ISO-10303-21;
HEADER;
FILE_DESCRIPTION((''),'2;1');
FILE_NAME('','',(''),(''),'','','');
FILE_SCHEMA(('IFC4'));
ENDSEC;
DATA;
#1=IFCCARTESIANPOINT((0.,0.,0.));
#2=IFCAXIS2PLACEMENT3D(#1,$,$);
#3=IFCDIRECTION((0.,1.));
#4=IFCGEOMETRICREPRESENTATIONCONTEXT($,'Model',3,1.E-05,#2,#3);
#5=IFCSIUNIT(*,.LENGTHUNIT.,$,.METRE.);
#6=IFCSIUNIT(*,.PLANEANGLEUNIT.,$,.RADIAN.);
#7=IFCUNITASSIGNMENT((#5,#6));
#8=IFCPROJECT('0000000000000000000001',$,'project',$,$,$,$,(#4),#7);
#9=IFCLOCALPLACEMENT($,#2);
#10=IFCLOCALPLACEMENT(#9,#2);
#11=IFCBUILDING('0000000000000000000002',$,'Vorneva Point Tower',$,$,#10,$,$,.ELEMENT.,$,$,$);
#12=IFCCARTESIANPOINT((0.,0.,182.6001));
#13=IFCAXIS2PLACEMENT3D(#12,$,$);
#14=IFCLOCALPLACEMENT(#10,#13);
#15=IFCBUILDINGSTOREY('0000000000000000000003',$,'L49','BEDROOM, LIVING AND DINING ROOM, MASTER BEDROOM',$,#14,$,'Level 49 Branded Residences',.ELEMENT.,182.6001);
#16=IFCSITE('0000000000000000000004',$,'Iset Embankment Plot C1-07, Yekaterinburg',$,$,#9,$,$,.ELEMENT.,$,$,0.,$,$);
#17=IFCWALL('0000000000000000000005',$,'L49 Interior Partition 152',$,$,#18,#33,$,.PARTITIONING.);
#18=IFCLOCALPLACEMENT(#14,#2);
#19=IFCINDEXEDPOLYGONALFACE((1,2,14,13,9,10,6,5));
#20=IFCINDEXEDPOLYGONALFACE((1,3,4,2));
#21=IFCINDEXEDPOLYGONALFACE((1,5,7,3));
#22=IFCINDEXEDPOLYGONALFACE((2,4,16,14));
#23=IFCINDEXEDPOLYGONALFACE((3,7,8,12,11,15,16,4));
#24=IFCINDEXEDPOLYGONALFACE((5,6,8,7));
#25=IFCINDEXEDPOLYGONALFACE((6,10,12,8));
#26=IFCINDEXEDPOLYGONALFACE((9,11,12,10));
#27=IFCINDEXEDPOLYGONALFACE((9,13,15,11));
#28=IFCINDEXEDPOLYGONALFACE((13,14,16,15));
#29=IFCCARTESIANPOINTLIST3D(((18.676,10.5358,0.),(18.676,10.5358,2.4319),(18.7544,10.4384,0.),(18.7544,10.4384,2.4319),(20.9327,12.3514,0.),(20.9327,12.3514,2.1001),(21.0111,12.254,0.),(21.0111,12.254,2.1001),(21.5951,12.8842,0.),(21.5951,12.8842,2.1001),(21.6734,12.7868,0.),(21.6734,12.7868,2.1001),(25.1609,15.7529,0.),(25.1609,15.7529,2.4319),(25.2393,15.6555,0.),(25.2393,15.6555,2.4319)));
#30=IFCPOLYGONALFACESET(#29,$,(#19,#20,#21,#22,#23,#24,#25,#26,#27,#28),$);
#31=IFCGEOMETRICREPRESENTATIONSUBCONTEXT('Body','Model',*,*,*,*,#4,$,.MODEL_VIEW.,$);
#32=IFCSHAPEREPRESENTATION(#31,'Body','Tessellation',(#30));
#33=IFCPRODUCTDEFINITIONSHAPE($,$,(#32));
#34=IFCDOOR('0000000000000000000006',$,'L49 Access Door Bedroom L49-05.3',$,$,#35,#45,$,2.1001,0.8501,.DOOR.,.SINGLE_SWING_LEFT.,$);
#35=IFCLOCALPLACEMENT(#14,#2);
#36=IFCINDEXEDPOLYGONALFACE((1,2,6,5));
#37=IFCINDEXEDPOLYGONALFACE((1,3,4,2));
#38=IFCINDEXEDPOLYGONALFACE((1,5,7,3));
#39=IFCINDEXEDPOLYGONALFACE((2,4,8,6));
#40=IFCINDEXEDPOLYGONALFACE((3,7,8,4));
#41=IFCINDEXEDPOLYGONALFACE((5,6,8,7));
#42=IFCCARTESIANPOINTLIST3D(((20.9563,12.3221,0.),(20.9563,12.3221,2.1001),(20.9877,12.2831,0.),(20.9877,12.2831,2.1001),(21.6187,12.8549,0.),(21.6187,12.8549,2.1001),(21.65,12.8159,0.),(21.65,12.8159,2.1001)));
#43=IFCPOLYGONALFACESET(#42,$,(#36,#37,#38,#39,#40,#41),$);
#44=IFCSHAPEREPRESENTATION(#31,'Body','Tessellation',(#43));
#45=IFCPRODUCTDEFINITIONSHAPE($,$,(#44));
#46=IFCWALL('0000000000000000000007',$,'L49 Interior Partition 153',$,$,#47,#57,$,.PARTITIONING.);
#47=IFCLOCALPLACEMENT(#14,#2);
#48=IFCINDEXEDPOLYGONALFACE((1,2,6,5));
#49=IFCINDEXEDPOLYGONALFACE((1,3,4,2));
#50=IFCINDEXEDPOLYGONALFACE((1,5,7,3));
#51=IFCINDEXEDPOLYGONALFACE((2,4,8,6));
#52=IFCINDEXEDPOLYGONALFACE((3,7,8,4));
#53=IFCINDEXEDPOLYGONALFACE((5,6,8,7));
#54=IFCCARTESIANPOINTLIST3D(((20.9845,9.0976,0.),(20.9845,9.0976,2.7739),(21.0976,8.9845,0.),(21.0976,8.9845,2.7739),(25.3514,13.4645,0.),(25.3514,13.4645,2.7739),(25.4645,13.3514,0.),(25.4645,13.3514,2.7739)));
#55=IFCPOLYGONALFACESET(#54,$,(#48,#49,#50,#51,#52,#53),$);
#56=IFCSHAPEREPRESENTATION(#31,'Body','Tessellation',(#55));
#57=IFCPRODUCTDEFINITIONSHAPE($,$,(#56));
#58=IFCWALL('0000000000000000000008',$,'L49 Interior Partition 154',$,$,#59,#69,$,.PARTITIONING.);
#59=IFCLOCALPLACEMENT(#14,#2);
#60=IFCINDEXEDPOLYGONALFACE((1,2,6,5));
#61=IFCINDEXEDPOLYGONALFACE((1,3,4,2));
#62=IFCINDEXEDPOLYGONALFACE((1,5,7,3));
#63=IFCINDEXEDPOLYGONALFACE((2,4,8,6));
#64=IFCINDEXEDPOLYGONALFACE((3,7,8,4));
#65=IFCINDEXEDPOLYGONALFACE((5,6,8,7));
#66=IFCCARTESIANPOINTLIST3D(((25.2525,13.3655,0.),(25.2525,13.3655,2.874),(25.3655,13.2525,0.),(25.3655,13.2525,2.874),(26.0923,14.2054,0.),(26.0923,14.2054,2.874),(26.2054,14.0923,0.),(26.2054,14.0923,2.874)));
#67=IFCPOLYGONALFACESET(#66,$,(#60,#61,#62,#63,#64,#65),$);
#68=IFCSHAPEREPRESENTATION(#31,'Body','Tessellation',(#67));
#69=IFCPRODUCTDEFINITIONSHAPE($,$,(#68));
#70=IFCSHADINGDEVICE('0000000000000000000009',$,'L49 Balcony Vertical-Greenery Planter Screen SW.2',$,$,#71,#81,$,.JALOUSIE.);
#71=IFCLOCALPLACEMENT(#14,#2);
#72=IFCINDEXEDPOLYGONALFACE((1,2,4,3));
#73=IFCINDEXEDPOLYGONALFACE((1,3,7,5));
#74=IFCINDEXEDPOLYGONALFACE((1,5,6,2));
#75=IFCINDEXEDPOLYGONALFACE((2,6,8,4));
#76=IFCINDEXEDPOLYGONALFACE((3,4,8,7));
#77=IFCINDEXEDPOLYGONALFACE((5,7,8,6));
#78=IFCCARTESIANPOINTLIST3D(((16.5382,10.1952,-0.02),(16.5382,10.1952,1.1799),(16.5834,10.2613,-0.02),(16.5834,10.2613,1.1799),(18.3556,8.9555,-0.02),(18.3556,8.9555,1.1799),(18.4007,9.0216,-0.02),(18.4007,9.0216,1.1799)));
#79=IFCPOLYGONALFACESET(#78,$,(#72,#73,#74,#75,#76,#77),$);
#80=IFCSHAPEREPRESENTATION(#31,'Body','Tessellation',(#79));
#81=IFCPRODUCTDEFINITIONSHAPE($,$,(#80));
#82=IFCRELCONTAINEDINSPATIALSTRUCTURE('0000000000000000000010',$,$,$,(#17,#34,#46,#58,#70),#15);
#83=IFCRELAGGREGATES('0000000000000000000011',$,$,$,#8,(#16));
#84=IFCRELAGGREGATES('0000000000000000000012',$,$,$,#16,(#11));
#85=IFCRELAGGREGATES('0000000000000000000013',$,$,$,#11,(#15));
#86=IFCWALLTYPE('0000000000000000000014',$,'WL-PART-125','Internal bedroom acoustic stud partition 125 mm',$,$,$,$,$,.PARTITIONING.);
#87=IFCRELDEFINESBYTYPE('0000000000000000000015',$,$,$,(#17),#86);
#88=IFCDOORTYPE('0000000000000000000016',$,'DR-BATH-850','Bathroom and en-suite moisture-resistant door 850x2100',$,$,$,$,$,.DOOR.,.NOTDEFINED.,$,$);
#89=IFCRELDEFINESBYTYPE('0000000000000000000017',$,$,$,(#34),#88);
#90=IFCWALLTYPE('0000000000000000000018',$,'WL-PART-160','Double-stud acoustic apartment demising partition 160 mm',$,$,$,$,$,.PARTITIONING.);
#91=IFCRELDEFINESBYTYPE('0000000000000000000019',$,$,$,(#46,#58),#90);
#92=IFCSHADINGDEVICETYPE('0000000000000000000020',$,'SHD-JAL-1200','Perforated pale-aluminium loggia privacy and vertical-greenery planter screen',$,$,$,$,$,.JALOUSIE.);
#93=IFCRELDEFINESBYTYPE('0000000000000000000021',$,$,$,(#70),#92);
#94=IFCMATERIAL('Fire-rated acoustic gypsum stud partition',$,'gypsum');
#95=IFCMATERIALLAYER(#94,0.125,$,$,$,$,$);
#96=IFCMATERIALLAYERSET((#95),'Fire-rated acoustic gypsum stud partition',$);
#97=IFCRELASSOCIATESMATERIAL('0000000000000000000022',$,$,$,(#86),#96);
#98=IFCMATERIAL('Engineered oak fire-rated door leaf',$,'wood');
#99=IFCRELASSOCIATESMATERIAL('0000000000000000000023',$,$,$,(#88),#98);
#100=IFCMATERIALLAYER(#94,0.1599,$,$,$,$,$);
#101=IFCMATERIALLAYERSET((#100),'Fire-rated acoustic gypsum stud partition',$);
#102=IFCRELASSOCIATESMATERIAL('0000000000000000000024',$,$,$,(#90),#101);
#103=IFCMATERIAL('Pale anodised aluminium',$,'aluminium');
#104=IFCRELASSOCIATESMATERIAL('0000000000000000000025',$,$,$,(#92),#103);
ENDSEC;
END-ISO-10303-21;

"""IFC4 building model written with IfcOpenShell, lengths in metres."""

from ifc_helpers import new_model, si_unit, direction, frame, frame_2d, origin, origin_2d, place, context, subcontext, project, spatial, rectangle, extrude, material, layer, layer_set, type_object, element, fill, save


model = new_model("IFC4")

# Units and contexts
model_context = context("Model", 3, precision=1e-05, world=origin(), true_north=direction((0.0, 1.0)))
body_context = subcontext(model_context, "Body", "Model", "MODEL_VIEW")
ifc_project = project(units=[si_unit("LENGTHUNIT", "METRE"), si_unit("PLANEANGLEUNIT", "RADIAN")], contexts=[model_context])

# Site, building, storey
site_placement = place(None, origin())
site = spatial("IfcSite", under=ifc_project, at=site_placement, Name="Iset Embankment Plot C1-07, Yekaterinburg", CompositionType="ELEMENT", RefElevation=0.0)
building_placement = place(site_placement, origin())
building = spatial("IfcBuilding", under=site, at=building_placement, Name="Vorneva Point Tower", CompositionType="ELEMENT")
storey_placement = place(building_placement, frame((0.0, 0.0, 182.6001)))
storey = spatial("IfcBuildingStorey", under=building, at=storey_placement, Name="L49", Description="BEDROOM, LIVING AND DINING ROOM, MASTER BEDROOM", LongName="Level 49 Branded Residences", CompositionType="ELEMENT", Elevation=182.6001)

# Shared definitions
ifc_material_1 = material(Name="Pale anodised aluminium", Category="aluminium")

# Shared definitions
ifc_material_2 = material(Name="Fire-rated acoustic gypsum stud partition", Category="gypsum")

# Shared definitions
ifc_material_3 = material(Name="Engineered oak fire-rated door leaf", Category="wood")

# Wall, opening, door
ifc_layer_1 = layer(ifc_material_2, 0.125)
ifc_layer_set_1 = layer_set([ifc_layer_1], Name="Fire-rated acoustic gypsum stud partition")
wall_type_1 = type_object("IfcWallType", Name="WL-PART-125", Description="Internal bedroom acoustic stud partition 125 mm", PredefinedType="PARTITIONING", material=ifc_layer_set_1)
wall_1_placement = place(storey_placement, frame((18.7151, 10.4871, 0.0), z_axis=(0.0, 0.0, 1.0), x_axis=(0.779157, 0.626828, 0.0)))
wall_1 = element("IfcWall", 1, at=wall_1_placement, inside=storey, type_object=wall_type_1, Name="L49 Interior Partition 152", PredefinedType="PARTITIONING", context=body_context, shape_type="SweptSolid", body=[
    extrude(rectangle(XDim=8.323, YDim=0.125, at=frame_2d((4.1616, 0.0))), origin(), (0.0, 0.0, 1.0), 2.4319),
])
opening_1_placement = place(wall_1_placement, frame((2.8965, 0.0, 0.0)))
opening_1 = element("IfcOpeningElement", 2, at=opening_1_placement, cuts=wall_1, PredefinedType="OPENING", context=body_context, shape_type="SweptSolid", body=[
    extrude(rectangle(XDim=0.8501, YDim=2.1001, at=frame_2d((0.425, 1.05))), frame((0.0, 0.0774, 0.0), z_axis=(0.0, -1.0, 0.0), x_axis=(1.0, 0.0, 0.0)), (0.0, 0.0, 1.0), 0.1548),
])
door_type_1 = type_object("IfcDoorType", Name="DR-BATH-850", Description="Bathroom and en-suite moisture-resistant door 850x2100", OperationType="NOTDEFINED", PredefinedType="DOOR", material=ifc_material_3)
door_1_placement = place(opening_1_placement, origin())
door_1 = element("IfcDoor", 3, at=door_1_placement, inside=storey, type_object=door_type_1, Name="L49 Access Door Bedroom L49-05.3", OperationType="SINGLE_SWING_LEFT", OverallHeight=2.1001, OverallWidth=0.8501, PredefinedType="DOOR", context=body_context, shape_type="SweptSolid", body=[
    extrude(rectangle(XDim=0.8501, YDim=2.1001, at=frame_2d((0.425, 1.05))), frame((0.0, 0.0249, 0.0), z_axis=(0.0, -1.0, 0.0), x_axis=(1.0, 0.0, 0.0)), (0.0, 0.0, 1.0), 0.05),
])
fill(opening_1, door_1)

# Walls
ifc_layer_2 = layer(ifc_material_2, 0.1599)
ifc_layer_set_2 = layer_set([ifc_layer_2], Name="Fire-rated acoustic gypsum stud partition")
wall_type_2 = type_object("IfcWallType", Name="WL-PART-160", Description="Double-stud acoustic apartment demising partition 160 mm", PredefinedType="PARTITIONING", material=ifc_layer_set_2)
wall_2_placement = place(storey_placement, frame((21.041, 9.041, 0.0), z_axis=(0.0, 0.0, 1.0), x_axis=(0.707107, 0.707107, 0.0)))
element("IfcWall", 4, at=wall_2_placement, inside=storey, type_object=wall_type_2, Name="L49 Interior Partition 153", PredefinedType="PARTITIONING", context=body_context, shape_type="SweptSolid", body=[
    extrude(rectangle(XDim=6.1758, YDim=0.1599, at=frame_2d((3.0879, 0.0))), origin(), (0.0, 0.0, 1.0), 2.7739),
])
wall_3_placement = place(storey_placement, frame((25.3091, 13.3091, 0.0), z_axis=(0.0, 0.0, 1.0), x_axis=(0.707107, 0.707107, 0.0)))
element("IfcWall", 5, at=wall_3_placement, inside=storey, type_object=wall_type_2, Name="L49 Interior Partition 154", PredefinedType="PARTITIONING", context=body_context, shape_type="SweptSolid", body=[
    extrude(rectangle(XDim=1.1877, YDim=0.1599, at=frame_2d((0.5938, 0.0))), origin(), (0.0, 0.0, 1.0), 2.874),
])

# Shading device
shading_device_type = type_object("IfcShadingDeviceType", Name="SHD-JAL-1200", Description="Perforated pale-aluminium loggia privacy and vertical-greenery planter screen", PredefinedType="JALOUSIE", material=ifc_material_1)
shading_device_placement = place(storey_placement, frame((17.4695, 9.6084, -0.02), z_axis=(0.0, 0.0, 1.0), x_axis=(0.826098, -0.563526, 0.0)))
element("IfcShadingDevice", 6, at=shading_device_placement, inside=storey, type_object=shading_device_type, Name="L49 Balcony Vertical-Greenery Planter Screen SW.2", PredefinedType="JALOUSIE", context=body_context, shape_type="SweptSolid", body=[
    extrude(rectangle(XDim=2.2, YDim=0.0801, at=origin_2d()), origin(), (0.0, 0.0, 1.0), 1.2),
])

save(model, "model.ifc")
